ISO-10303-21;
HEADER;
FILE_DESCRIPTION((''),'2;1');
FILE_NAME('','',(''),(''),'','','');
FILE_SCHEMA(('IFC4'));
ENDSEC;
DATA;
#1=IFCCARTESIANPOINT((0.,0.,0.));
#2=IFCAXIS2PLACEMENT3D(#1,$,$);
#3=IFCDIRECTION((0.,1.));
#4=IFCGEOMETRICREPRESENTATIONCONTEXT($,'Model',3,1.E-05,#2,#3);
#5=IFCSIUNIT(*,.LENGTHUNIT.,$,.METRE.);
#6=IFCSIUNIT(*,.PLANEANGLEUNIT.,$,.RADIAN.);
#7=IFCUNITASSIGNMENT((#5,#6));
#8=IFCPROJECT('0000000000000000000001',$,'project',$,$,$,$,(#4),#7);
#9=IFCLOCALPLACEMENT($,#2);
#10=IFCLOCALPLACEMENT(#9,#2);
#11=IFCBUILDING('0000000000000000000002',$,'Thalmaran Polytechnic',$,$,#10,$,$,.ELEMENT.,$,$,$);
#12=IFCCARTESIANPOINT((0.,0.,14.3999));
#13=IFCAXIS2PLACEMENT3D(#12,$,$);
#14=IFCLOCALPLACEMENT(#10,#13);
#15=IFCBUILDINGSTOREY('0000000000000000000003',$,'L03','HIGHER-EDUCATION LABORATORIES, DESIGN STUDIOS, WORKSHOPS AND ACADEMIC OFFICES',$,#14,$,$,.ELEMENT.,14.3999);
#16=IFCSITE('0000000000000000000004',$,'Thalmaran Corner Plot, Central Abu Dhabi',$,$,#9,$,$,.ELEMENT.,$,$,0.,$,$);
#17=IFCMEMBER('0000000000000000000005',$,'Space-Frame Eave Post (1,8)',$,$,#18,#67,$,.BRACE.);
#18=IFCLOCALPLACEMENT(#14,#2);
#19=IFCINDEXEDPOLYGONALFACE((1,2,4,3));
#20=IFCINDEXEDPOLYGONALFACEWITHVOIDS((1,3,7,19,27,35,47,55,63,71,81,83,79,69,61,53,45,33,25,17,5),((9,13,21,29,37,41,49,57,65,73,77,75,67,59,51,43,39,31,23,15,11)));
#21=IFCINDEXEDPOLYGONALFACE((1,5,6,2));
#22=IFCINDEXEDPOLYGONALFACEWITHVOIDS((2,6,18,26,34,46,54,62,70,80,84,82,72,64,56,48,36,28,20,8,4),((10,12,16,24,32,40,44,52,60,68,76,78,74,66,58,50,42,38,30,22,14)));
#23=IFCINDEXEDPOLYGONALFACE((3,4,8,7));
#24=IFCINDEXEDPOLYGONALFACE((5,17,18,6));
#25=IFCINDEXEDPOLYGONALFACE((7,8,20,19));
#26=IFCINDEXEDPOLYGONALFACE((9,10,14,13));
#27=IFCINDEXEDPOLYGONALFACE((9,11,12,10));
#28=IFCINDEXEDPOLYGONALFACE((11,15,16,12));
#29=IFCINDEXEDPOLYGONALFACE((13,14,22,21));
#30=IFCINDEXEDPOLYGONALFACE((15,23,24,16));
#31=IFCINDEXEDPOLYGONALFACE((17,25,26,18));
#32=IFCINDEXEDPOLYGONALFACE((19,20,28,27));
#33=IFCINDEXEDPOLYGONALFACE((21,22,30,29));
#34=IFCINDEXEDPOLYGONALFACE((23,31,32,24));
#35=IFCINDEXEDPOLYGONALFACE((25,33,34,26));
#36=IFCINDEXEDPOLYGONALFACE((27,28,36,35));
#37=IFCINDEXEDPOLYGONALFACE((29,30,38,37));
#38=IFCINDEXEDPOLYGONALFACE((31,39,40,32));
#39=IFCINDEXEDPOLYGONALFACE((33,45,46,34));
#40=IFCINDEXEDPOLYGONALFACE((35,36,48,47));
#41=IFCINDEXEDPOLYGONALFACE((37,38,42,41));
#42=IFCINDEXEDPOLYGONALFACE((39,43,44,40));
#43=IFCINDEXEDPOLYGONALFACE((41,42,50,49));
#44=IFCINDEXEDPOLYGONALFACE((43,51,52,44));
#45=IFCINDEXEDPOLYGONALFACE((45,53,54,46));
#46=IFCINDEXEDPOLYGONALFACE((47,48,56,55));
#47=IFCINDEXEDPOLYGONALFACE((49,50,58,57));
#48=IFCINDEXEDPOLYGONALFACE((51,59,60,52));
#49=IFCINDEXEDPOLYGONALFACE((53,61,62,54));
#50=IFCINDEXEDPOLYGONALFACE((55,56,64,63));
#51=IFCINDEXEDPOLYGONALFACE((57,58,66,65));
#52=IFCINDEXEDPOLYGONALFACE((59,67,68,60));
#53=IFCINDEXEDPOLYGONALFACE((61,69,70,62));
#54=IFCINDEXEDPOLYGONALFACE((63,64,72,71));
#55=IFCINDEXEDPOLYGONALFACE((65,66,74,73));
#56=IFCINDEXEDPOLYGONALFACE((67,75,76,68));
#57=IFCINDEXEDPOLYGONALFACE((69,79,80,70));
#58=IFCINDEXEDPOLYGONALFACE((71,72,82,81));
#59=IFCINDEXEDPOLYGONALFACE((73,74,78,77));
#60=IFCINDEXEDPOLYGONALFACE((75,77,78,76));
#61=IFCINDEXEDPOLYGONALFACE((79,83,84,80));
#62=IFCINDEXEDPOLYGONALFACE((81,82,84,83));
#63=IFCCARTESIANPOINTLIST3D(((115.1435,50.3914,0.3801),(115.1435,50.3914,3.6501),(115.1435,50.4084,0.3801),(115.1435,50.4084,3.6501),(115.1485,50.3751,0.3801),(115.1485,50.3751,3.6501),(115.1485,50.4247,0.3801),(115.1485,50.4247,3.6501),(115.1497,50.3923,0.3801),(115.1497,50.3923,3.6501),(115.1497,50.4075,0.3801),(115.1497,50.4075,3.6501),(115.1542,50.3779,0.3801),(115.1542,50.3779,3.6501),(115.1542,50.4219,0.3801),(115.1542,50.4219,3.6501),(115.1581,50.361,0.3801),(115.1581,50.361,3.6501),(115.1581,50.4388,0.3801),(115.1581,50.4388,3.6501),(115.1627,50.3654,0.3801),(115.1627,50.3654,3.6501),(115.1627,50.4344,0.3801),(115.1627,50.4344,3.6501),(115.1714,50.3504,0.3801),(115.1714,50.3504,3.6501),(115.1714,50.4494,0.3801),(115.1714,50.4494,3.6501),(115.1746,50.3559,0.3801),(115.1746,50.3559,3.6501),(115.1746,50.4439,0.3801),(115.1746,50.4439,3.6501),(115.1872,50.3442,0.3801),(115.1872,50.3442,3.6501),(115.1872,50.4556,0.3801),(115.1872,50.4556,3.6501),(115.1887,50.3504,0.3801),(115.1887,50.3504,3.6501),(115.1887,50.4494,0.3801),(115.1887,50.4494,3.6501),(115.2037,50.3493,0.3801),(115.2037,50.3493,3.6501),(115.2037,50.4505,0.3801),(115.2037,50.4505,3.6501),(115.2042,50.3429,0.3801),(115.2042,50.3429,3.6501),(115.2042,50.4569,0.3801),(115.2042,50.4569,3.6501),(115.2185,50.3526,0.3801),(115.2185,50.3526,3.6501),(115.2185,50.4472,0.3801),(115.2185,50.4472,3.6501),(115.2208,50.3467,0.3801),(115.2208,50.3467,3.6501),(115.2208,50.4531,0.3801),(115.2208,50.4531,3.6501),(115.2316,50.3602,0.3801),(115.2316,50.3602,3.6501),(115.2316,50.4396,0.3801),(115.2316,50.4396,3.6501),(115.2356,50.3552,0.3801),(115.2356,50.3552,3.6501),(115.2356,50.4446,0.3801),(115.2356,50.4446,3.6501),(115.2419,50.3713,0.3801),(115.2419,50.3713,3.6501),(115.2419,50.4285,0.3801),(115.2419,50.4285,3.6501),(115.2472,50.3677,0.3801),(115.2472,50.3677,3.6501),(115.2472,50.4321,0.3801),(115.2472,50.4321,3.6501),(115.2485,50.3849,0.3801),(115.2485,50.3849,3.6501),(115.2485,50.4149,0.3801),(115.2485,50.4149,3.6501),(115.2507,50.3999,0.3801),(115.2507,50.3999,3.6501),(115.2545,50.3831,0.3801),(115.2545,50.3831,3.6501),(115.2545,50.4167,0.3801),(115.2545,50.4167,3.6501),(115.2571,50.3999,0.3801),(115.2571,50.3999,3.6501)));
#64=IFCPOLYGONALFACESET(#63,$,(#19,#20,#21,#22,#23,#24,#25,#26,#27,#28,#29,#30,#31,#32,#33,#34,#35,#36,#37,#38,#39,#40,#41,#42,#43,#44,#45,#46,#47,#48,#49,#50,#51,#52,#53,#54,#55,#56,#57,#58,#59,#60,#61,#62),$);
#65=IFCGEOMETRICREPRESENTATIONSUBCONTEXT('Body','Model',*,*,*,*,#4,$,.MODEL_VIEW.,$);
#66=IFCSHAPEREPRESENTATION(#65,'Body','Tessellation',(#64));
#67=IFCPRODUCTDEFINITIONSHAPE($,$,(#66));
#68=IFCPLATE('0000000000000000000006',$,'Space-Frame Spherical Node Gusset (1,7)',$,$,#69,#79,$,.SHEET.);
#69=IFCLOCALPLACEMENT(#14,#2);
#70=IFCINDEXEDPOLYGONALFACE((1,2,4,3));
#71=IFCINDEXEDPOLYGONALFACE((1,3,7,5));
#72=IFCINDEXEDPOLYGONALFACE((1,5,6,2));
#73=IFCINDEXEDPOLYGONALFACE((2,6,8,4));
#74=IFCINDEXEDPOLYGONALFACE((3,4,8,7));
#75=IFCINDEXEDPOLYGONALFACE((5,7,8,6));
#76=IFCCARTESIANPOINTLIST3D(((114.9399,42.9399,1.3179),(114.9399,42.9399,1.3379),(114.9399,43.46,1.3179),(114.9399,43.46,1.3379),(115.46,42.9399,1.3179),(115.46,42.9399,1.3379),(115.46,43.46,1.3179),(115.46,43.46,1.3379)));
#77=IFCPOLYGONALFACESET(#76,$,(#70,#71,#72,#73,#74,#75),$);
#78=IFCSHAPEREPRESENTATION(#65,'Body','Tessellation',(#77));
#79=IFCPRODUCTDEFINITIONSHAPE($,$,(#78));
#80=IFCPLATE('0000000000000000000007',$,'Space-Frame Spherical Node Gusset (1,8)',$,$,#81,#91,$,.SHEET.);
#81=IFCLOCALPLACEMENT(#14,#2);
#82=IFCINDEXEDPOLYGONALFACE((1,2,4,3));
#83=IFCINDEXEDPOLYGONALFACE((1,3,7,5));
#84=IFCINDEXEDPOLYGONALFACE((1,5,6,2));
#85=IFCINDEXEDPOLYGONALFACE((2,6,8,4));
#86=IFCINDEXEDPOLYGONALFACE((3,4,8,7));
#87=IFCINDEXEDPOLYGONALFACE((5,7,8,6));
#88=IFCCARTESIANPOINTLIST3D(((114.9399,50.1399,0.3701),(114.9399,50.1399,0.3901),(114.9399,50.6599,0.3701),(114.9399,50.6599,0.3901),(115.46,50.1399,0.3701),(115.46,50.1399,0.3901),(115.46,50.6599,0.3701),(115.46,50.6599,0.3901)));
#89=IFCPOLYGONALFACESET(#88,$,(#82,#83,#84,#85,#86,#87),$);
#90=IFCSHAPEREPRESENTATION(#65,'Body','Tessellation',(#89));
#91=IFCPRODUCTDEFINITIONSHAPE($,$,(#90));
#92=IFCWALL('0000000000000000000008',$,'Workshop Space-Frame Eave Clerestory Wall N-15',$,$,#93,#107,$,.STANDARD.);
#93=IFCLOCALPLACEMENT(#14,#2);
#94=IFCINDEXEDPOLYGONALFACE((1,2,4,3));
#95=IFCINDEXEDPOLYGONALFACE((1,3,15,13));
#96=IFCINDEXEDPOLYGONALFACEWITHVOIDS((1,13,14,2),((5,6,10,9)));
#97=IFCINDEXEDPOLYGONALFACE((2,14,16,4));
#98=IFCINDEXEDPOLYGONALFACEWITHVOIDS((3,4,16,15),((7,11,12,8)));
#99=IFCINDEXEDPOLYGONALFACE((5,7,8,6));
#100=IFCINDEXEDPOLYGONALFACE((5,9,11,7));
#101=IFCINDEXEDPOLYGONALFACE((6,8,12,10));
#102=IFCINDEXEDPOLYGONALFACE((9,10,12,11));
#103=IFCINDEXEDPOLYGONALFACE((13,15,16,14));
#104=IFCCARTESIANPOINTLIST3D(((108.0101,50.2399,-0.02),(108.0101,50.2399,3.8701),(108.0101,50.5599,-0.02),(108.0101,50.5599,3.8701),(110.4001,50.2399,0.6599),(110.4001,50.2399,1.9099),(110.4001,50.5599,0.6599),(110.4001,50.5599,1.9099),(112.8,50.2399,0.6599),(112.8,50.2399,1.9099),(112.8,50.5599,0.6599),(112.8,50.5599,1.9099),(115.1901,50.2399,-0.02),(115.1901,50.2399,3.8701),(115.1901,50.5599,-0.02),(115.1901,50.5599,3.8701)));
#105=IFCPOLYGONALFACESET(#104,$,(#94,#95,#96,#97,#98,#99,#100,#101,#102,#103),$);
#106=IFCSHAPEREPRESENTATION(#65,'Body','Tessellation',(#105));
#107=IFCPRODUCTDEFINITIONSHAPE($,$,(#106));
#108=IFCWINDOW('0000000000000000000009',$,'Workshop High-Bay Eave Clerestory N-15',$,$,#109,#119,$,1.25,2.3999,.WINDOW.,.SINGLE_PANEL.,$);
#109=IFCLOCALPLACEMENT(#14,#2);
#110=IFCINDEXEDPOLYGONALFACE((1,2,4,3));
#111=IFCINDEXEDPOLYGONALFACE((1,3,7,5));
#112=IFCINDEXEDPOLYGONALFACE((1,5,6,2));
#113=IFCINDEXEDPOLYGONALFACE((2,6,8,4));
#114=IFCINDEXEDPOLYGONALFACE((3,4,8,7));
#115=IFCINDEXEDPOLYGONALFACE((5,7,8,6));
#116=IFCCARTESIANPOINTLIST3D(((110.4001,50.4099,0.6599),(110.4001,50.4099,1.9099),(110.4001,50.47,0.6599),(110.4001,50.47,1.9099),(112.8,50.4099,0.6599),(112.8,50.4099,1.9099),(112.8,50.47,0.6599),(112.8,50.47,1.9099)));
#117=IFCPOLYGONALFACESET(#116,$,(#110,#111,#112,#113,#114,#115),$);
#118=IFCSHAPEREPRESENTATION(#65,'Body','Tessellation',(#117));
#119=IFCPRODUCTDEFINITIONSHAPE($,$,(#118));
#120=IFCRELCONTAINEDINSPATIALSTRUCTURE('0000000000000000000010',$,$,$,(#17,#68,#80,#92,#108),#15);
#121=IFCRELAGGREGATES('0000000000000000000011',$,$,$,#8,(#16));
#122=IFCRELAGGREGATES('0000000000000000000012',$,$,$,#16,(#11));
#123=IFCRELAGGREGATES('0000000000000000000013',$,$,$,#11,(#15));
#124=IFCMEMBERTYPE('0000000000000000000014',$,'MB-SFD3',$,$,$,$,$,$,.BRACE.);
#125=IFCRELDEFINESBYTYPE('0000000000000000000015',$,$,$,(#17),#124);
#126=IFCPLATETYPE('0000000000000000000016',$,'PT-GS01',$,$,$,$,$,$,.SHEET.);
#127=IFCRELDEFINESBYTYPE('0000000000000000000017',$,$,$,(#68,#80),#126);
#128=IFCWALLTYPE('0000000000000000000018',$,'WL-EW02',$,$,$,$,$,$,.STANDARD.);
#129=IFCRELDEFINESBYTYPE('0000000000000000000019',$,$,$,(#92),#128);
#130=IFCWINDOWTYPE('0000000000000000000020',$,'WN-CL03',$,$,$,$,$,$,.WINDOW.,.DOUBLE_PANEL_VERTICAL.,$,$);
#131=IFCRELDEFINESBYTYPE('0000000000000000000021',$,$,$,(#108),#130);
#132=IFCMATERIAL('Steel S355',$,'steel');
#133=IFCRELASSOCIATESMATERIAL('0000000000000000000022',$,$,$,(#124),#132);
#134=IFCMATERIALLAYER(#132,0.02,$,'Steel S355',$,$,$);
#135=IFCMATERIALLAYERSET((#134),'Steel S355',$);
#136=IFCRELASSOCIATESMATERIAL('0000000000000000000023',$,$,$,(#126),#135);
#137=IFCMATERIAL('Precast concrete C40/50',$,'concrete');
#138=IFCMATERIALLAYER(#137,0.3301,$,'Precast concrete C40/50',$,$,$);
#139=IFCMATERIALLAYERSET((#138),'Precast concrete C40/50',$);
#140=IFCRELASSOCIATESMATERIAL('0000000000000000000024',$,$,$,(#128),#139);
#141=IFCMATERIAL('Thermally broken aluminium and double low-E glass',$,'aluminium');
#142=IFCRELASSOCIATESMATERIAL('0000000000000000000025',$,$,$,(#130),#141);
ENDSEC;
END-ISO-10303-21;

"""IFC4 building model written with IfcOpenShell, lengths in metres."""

from ifc_helpers import new_model, si_unit, direction, frame, frame_2d, origin, origin_2d, place, context, subcontext, project, spatial, rectangle, hollow_circle, extrude, material, layer, layer_set, material_profile, profile_set, type_object, element, fill, save


model = new_model("IFC4")

# Units and contexts
model_context = context("Model", 3, precision=1e-05, world=origin(), true_north=direction((0.0, 1.0)))
body_context = subcontext(model_context, "Body", "Model", "MODEL_VIEW")
ifc_project = project(units=[si_unit("LENGTHUNIT", "METRE"), si_unit("PLANEANGLEUNIT", "RADIAN")], contexts=[model_context])

# Site, building, storey
site_placement = place(None, origin())
site = spatial("IfcSite", under=ifc_project, at=site_placement, Name="Thalmaran Corner Plot, Central Abu Dhabi", CompositionType="ELEMENT", RefElevation=0.0)
building_placement = place(site_placement, origin())
building = spatial("IfcBuilding", under=site, at=building_placement, Name="Thalmaran Polytechnic", CompositionType="ELEMENT")
storey_placement = place(building_placement, frame((0.0, 0.0, 14.3999)))
storey = spatial("IfcBuildingStorey", under=building, at=storey_placement, Name="L03", Description="HIGHER-EDUCATION LABORATORIES, DESIGN STUDIOS, WORKSHOPS AND ACADEMIC OFFICES", CompositionType="ELEMENT", Elevation=14.3999)

# Shared definitions
ifc_material_1 = material(Name="Steel S355", Category="steel")

# Member
ifc_material_profile_1 = material_profile(ifc_material_1, hollow_circle(Radius=0.0571, WallThickness=0.0063, at=origin_2d()), Name="CHS 114.3x6.3")
ifc_profile_set_1 = profile_set([ifc_material_profile_1], Name="Steel S355")
member_type_1 = type_object("IfcMemberType", Name="MB-SFD3", PredefinedType="BRACE", material=ifc_profile_set_1)
member_1_placement = place(storey_placement, frame((115.2, 50.3999, 0.3801), z_axis=(0.0, 0.0, 1.0), x_axis=(1.0, 0.0, 0.0)))
element("IfcMember", 1, at=member_1_placement, inside=storey, type_object=member_type_1, Name="Space-Frame Eave Post (1,8)", PredefinedType="BRACE", context=body_context, shape_type="SweptSolid", body=[
    extrude(hollow_circle(Radius=0.0571, WallThickness=0.0063, at=origin_2d()), origin(), (0.0, 0.0, 1.0), 3.27),
])

# Plates
ifc_layer_1 = layer(ifc_material_1, 0.02, Name="Steel S355")
ifc_layer_set_1 = layer_set([ifc_layer_1], Name="Steel S355")
plate_type = type_object("IfcPlateType", Name="PT-GS01", PredefinedType="SHEET", material=ifc_layer_set_1)
for number, where, z_axis, x_axis, name in (
    (2, (115.2, 43.2, 1.3179), (0.0, 0.0, 1.0), (1.0, 0.0, 0.0), "Space-Frame Spherical Node Gusset (1,7)"),
    (3, (115.2, 50.3999, 0.3701), (0.0, 0.0, 1.0), (1.0, 0.0, 0.0), "Space-Frame Spherical Node Gusset (1,8)"),
):
    element("IfcPlate", number, at=place(storey_placement, frame(where, z_axis=z_axis, x_axis=x_axis)), inside=storey, type_object=plate_type, Name=name, PredefinedType="SHEET", context=body_context, shape_type="SweptSolid", body=[
        extrude(rectangle(XDim=0.52, YDim=0.52, at=origin_2d()), origin(), (0.0, 0.0, 1.0), 0.02),
    ])

# Wall, opening, window
ifc_material_2 = material(Name="Precast concrete C40/50", Category="concrete")
ifc_layer_2 = layer(ifc_material_2, 0.3301, Name="Precast concrete C40/50")
ifc_layer_set_2 = layer_set([ifc_layer_2], Name="Precast concrete C40/50")
wall_type = type_object("IfcWallType", Name="WL-EW02", PredefinedType="STANDARD", material=ifc_layer_set_2)
wall_placement = place(storey_placement, frame((115.1899, 50.3999, -0.02), z_axis=(0.0, 0.0, 1.0), x_axis=(-1.0, 0.0, 0.0)))
wall = element("IfcWall", 4, at=wall_placement, inside=storey, type_object=wall_type, Name="Workshop Space-Frame Eave Clerestory Wall N-15", PredefinedType="STANDARD", context=body_context, shape_type="SweptSolid", body=[
    extrude(rectangle(XDim=7.1799, YDim=0.3201, at=frame_2d((3.5898, 0.0))), origin(), (0.0, 0.0, 1.0), 3.8901),
])
opening_placement = place(wall_placement, frame((2.3899, 0.0, 0.6799)))
opening = element("IfcOpeningElement", 5, at=opening_placement, cuts=wall, PredefinedType="OPENING", context=body_context, shape_type="SweptSolid", body=[
    extrude(rectangle(XDim=2.3999, YDim=1.25, at=frame_2d((1.2, 0.625))), frame((0.0, 0.1699, 0.0), z_axis=(0.0, -1.0, 0.0), x_axis=(1.0, 0.0, 0.0)), (0.0, 0.0, 1.0), 0.3401),
])
ifc_material_3 = material(Name="Thermally broken aluminium and double low-E glass", Category="aluminium")
window_type = type_object("IfcWindowType", Name="WN-CL03", PartitioningType="DOUBLE_PANEL_VERTICAL", PredefinedType="WINDOW", material=ifc_material_3)
window_placement = place(opening_placement, origin())
window = element("IfcWindow", 6, at=window_placement, inside=storey, type_object=window_type, Name="Workshop High-Bay Eave Clerestory N-15", OverallHeight=1.25, OverallWidth=2.3999, PartitioningType="SINGLE_PANEL", PredefinedType="WINDOW", context=body_context, shape_type="SweptSolid", body=[
    extrude(rectangle(XDim=2.3999, YDim=1.25, at=frame_2d((1.2, 0.625))), frame((0.0, -0.01, 0.0), z_axis=(0.0, -1.0, 0.0), x_axis=(1.0, 0.0, 0.0)), (0.0, 0.0, 1.0), 0.0601),
])
fill(opening, window)

save(model, "model.ifc")
